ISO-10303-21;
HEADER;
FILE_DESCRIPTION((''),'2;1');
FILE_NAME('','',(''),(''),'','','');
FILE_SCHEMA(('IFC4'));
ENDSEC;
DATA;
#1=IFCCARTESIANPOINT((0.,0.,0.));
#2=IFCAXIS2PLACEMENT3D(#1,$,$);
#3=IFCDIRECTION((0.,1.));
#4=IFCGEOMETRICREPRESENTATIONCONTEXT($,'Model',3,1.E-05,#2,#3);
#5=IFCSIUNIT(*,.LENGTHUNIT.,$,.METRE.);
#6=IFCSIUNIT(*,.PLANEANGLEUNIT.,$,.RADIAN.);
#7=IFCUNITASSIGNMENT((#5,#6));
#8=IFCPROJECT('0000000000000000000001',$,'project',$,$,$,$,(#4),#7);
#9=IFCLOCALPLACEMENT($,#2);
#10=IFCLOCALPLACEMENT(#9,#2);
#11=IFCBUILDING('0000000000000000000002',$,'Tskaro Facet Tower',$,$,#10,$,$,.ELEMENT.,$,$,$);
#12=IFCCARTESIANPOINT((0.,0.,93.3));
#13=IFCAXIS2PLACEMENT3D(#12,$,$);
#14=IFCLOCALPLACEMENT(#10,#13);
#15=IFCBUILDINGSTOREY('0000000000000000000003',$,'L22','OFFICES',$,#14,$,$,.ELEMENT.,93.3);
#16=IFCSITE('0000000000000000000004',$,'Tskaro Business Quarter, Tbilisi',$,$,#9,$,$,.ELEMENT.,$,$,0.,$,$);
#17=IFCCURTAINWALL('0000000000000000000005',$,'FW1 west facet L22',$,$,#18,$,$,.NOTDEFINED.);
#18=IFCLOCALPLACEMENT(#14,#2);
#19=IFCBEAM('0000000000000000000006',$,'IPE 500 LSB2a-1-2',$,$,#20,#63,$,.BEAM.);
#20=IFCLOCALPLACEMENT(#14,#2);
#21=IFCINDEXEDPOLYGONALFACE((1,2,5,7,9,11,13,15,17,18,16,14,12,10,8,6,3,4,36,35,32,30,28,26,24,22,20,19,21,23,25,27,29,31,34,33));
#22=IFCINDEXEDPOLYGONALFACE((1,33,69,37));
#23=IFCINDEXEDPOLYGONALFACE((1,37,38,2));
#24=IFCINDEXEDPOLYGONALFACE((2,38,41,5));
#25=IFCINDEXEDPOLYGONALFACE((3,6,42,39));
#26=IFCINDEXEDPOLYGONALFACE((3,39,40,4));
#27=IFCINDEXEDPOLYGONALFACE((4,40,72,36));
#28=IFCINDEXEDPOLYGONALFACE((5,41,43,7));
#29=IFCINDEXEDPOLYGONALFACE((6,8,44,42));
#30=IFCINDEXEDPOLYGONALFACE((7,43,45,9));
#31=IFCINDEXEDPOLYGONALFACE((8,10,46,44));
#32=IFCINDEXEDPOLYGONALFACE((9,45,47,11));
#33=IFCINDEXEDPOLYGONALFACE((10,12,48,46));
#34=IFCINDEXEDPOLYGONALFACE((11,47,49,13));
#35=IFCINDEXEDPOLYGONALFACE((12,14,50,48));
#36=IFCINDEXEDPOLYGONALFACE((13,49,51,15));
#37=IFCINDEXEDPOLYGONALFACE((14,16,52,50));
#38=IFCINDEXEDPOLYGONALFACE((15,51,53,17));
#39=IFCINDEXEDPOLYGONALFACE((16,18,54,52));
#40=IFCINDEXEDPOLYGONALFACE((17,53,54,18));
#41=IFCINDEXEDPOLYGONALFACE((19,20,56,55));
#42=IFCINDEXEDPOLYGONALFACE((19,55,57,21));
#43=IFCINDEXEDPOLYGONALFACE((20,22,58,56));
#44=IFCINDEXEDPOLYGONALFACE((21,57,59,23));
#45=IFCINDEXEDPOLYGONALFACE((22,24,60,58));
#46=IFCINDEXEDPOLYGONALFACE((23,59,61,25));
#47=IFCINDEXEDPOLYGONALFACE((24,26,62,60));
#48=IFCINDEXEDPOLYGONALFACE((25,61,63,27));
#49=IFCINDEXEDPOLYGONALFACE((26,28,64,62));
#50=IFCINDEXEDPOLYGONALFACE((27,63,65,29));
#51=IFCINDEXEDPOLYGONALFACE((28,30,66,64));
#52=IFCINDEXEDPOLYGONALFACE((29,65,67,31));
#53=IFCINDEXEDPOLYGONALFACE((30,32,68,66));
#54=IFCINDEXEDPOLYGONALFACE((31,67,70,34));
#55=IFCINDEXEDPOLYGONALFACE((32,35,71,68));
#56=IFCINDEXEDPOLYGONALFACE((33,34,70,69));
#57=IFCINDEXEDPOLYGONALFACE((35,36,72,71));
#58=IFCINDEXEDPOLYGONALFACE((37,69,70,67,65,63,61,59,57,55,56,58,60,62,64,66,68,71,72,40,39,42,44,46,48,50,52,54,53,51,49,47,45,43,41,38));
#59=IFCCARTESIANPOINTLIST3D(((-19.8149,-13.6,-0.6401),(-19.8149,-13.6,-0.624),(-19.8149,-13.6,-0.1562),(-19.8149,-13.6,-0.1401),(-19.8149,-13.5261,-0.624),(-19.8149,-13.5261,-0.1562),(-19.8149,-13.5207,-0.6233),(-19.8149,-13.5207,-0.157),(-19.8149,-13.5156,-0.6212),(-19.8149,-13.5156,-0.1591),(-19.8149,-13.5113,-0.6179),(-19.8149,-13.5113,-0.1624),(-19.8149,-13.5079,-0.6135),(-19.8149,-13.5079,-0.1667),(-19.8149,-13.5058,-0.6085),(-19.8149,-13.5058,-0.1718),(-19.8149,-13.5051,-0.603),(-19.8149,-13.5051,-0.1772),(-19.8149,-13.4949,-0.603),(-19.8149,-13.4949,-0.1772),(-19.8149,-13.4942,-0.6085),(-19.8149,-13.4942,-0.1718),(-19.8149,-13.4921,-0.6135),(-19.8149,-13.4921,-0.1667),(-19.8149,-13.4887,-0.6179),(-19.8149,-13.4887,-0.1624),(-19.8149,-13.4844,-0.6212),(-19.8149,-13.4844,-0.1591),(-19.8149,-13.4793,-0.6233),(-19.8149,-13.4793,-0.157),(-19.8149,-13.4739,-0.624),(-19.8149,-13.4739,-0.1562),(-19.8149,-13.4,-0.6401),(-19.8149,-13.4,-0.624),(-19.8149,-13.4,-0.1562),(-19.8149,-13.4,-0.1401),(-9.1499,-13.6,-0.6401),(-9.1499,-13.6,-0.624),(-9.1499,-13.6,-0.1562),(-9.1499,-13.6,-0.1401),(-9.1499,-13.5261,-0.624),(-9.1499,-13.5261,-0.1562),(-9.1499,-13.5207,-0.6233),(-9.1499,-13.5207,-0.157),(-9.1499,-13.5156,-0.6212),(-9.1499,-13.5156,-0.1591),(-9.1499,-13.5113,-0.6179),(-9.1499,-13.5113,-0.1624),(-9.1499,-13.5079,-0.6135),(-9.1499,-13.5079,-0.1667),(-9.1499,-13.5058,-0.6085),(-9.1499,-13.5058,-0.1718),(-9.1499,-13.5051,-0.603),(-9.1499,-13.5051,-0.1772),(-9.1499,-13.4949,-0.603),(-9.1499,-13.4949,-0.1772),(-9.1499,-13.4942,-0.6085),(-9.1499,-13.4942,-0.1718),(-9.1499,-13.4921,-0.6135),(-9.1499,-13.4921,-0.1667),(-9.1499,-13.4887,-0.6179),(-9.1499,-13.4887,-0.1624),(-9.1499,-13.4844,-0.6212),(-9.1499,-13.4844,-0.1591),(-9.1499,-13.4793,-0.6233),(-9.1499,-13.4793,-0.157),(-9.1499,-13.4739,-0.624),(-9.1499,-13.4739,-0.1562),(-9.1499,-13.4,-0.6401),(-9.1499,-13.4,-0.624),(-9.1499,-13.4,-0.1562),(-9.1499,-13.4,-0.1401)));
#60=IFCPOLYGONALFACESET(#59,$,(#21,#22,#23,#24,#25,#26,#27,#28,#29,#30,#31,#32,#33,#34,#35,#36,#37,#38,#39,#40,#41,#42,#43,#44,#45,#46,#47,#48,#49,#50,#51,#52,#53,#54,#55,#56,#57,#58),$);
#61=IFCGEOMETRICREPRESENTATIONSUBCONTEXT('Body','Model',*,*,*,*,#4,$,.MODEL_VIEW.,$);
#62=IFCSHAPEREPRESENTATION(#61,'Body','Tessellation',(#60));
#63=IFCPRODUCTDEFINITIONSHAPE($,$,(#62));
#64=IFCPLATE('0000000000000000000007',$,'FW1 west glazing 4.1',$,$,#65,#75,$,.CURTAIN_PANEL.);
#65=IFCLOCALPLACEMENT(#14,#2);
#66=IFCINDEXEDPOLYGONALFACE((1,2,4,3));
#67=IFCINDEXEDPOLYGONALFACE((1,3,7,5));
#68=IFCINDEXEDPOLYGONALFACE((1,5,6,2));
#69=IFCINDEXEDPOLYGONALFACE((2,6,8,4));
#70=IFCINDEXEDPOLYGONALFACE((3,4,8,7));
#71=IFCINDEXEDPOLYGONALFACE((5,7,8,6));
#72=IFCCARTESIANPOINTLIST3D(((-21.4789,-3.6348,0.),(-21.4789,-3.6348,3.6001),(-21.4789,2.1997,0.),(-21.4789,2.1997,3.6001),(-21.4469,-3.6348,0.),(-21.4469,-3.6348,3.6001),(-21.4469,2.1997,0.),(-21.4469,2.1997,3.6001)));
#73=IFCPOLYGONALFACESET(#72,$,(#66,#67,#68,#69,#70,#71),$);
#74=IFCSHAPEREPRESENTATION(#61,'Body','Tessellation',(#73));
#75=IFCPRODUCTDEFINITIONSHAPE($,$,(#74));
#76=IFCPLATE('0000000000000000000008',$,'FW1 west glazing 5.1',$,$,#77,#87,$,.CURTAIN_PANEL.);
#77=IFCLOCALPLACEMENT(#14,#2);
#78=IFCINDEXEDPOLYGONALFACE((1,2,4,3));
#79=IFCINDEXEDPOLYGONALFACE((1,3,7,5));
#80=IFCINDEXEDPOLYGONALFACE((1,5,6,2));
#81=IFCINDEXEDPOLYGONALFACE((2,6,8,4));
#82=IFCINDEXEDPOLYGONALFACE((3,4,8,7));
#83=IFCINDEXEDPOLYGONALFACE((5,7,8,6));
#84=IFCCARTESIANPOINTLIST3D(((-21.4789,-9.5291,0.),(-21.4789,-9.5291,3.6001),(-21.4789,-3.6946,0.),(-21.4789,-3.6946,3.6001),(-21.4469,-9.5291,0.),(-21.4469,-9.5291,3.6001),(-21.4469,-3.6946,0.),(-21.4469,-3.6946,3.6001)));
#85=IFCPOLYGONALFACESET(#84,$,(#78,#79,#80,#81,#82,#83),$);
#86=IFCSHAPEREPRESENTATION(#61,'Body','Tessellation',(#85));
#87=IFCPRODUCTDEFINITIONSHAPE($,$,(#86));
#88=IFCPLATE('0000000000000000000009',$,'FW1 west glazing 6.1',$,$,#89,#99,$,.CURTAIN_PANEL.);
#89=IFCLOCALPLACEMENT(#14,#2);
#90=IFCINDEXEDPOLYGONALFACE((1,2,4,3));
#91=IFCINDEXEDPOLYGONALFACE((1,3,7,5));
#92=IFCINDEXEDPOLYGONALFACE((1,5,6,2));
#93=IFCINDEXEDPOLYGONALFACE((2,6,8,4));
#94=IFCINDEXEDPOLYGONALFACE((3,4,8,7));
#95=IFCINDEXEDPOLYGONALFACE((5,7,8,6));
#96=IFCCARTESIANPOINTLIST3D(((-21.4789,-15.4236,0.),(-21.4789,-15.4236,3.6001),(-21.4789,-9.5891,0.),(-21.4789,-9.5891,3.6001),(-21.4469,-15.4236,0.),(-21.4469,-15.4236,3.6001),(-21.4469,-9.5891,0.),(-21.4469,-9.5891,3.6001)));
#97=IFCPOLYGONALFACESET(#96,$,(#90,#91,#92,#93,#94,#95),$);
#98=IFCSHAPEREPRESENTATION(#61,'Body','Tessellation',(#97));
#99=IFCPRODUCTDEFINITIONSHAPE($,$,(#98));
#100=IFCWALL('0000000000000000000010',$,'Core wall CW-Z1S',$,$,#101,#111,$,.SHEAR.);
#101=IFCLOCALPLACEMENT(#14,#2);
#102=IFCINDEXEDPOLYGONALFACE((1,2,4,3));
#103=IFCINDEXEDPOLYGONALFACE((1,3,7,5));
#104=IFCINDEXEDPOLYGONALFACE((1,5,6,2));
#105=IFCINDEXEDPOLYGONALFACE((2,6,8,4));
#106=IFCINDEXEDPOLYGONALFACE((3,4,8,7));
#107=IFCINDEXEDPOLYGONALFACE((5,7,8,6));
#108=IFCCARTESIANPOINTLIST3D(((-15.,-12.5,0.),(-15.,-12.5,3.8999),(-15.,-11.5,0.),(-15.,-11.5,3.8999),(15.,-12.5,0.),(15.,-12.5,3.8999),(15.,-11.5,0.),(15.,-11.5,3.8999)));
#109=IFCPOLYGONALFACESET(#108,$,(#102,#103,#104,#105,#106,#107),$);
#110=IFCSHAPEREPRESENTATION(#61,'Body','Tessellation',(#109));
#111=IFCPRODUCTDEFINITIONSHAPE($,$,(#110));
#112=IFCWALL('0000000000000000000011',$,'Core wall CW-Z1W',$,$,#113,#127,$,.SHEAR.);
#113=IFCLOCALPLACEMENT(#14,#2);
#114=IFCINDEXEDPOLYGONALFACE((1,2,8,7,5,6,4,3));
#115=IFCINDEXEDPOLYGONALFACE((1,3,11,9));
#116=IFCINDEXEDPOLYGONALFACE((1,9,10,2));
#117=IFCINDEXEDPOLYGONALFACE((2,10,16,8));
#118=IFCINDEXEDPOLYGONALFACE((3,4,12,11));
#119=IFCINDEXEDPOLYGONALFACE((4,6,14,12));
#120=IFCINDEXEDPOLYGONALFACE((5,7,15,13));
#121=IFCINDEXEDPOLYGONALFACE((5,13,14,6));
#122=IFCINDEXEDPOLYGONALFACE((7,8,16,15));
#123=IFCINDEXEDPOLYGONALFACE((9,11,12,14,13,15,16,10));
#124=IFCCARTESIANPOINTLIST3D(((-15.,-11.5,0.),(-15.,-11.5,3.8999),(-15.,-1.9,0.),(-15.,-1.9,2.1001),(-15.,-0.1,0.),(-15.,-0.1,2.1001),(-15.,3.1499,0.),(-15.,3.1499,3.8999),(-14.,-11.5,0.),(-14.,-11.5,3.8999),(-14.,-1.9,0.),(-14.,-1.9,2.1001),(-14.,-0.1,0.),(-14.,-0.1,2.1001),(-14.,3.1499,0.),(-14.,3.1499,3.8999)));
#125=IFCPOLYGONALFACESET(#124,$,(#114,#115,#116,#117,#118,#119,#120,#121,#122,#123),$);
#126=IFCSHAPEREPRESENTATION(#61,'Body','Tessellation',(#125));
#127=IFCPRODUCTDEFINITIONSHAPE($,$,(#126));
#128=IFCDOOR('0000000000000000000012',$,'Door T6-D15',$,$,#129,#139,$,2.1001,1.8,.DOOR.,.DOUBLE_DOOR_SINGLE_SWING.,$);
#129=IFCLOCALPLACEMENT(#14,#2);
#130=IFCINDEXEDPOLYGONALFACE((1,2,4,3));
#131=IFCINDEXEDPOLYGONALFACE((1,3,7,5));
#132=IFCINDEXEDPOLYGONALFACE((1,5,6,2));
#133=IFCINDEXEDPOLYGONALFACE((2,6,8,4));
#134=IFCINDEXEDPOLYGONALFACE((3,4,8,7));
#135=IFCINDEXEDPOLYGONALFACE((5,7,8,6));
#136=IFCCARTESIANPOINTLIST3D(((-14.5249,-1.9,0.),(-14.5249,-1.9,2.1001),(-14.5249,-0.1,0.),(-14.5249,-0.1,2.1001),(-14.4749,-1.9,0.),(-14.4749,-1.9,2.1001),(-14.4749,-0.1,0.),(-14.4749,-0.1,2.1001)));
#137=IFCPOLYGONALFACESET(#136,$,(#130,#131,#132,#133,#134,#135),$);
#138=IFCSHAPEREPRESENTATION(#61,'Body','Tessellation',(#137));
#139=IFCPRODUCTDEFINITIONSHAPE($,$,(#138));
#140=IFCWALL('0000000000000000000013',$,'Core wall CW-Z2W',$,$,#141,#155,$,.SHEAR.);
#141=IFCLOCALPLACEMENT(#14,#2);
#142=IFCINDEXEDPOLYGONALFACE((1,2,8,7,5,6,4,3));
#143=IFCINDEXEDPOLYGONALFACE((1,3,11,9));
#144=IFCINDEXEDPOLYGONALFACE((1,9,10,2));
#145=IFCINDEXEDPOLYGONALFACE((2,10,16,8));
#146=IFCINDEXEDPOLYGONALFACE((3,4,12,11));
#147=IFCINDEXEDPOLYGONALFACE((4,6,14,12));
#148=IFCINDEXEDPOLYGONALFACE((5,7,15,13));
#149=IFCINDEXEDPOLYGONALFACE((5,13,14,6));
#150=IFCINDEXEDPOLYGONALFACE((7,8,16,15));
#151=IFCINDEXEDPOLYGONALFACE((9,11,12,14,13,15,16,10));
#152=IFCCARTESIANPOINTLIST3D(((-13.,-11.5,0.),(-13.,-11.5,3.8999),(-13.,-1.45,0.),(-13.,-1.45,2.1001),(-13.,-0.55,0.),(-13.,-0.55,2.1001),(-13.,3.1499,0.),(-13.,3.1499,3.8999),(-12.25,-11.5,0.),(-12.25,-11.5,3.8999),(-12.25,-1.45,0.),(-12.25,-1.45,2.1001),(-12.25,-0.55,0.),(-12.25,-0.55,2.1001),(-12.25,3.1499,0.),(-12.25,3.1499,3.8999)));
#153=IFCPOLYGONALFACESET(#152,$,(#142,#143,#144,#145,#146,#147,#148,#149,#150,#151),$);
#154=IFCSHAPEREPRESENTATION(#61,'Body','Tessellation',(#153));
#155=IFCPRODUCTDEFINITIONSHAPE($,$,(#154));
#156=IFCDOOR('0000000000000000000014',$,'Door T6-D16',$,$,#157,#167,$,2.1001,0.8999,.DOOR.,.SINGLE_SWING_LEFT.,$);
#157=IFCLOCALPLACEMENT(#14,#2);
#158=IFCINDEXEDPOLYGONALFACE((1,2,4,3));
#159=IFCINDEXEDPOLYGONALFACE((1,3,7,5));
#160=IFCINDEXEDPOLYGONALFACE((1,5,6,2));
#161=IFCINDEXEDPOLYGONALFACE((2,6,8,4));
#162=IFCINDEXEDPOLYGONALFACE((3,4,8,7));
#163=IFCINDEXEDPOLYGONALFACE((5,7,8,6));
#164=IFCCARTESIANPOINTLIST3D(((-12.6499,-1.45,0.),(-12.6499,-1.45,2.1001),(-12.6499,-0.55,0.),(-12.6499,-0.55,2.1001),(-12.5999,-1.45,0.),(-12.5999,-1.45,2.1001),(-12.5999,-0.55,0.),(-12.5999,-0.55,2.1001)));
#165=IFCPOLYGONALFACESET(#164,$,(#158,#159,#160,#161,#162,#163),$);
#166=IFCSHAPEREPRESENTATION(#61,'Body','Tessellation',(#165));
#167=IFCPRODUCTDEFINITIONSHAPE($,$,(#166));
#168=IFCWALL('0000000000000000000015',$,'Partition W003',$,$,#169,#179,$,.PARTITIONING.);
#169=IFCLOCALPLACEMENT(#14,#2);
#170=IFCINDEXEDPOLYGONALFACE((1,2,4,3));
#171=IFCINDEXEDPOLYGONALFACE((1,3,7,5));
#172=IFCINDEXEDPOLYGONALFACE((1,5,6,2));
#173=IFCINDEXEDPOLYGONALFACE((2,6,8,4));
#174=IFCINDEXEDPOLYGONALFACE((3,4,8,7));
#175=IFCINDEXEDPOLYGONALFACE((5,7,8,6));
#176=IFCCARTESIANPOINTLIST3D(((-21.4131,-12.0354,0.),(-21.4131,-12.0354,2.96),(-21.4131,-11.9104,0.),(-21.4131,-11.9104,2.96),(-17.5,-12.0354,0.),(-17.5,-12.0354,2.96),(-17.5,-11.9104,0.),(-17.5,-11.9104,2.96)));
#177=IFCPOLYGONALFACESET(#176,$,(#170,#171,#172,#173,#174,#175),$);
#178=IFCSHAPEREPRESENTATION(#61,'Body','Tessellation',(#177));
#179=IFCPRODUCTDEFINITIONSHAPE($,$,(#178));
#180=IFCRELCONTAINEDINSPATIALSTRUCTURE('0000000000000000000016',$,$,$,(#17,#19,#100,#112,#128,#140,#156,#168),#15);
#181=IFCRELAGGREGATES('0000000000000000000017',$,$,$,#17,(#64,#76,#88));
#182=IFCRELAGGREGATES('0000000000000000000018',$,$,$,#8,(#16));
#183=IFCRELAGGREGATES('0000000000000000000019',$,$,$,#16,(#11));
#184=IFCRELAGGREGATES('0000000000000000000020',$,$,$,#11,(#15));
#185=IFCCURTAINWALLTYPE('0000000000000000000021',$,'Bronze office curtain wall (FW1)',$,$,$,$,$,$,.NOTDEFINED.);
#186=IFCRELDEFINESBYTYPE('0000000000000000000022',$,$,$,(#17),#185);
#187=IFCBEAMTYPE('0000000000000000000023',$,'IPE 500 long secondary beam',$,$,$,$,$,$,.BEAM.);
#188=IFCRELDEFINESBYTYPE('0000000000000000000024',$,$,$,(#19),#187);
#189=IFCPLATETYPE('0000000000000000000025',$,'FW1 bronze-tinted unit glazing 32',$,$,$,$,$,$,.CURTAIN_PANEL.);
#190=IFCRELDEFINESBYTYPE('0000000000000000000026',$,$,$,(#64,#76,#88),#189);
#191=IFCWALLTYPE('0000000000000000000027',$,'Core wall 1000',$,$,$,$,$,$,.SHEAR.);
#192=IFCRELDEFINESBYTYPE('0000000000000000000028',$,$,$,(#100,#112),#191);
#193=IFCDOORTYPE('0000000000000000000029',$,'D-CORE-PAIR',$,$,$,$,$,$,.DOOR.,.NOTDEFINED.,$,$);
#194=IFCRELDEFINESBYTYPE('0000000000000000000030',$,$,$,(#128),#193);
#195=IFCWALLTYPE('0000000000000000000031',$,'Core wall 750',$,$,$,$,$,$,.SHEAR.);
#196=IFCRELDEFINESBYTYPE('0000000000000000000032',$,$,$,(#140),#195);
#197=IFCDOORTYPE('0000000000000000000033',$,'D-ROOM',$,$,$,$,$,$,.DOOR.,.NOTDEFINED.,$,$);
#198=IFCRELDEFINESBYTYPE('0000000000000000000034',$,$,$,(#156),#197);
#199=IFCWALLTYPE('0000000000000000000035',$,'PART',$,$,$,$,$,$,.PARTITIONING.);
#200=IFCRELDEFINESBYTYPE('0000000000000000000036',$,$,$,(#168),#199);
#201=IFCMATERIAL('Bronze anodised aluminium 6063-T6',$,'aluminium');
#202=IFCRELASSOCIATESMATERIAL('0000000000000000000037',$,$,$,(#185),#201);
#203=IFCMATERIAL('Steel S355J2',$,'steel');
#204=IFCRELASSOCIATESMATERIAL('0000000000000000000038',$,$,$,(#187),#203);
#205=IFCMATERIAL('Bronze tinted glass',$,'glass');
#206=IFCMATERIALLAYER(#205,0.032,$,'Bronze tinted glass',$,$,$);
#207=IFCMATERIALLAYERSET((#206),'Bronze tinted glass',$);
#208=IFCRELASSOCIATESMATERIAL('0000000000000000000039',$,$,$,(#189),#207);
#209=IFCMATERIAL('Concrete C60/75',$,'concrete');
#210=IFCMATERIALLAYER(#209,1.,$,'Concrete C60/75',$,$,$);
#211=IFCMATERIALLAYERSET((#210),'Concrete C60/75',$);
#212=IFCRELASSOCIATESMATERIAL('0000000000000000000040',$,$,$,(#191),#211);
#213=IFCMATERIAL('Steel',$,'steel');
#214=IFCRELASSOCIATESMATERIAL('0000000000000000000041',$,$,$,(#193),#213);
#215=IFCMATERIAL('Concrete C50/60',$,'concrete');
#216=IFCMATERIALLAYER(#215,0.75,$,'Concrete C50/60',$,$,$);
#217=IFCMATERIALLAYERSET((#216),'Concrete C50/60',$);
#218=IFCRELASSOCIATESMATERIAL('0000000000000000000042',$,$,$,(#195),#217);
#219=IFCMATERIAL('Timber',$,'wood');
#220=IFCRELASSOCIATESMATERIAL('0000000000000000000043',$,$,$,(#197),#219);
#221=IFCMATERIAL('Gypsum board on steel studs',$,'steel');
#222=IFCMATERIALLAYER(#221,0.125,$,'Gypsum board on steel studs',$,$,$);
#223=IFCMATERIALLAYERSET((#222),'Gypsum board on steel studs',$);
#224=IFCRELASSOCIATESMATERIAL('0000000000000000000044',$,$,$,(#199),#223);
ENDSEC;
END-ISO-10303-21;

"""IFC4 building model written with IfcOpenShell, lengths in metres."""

from ifc_helpers import new_model, si_unit, direction, frame, frame_2d, origin, origin_2d, place, context, subcontext, project, spatial, rectangle, i_section, extrude, material, layer, layer_set, material_profile, profile_set, type_object, element, fill, aggregate, save


model = new_model("IFC4")

# Units and contexts
model_context = context("Model", 3, precision=1e-05, world=origin(), true_north=direction((0.0, 1.0)))
body_context = subcontext(model_context, "Body", "Model", "MODEL_VIEW")
ifc_project = project(units=[si_unit("LENGTHUNIT", "METRE"), si_unit("PLANEANGLEUNIT", "RADIAN")], contexts=[model_context])

# Site, building, storey
site_placement = place(None, origin())
site = spatial("IfcSite", under=ifc_project, at=site_placement, Name="Tskaro Business Quarter, Tbilisi", CompositionType="ELEMENT", RefElevation=0.0)
building_placement = place(site_placement, origin())
building = spatial("IfcBuilding", under=site, at=building_placement, Name="Tskaro Facet Tower", CompositionType="ELEMENT")
storey_placement = place(building_placement, frame((0.0, 0.0, 93.3)))
storey = spatial("IfcBuildingStorey", under=building, at=storey_placement, Name="L22", Description="OFFICES", CompositionType="ELEMENT", Elevation=93.3)

# Curtain wall
ifc_material_1 = material(Name="Bronze anodised aluminium 6063-T6", Category="aluminium")
curtain_wall_type = type_object("IfcCurtainWallType", Name="Bronze office curtain wall (FW1)", PredefinedType="NOTDEFINED", material=ifc_material_1)
curtain_wall_placement = place(storey_placement, origin())
curtain_wall = element("IfcCurtainWall", 1, at=curtain_wall_placement, inside=storey, type_object=curtain_wall_type, Name="FW1 west facet L22", PredefinedType="NOTDEFINED")

# Beam
ifc_material_2 = material(Name="Steel S355J2", Category="steel")
ifc_material_profile_1 = material_profile(ifc_material_2, i_section(OverallWidth=0.2, OverallDepth=0.5, WebThickness=0.0103, FlangeThickness=0.0161, FilletRadius=0.021, at=origin_2d()), Name="IPE 500")
ifc_profile_set_1 = profile_set([ifc_material_profile_1], Name="Steel S355J2")
beam_type_1 = type_object("IfcBeamType", Name="IPE 500 long secondary beam", PredefinedType="BEAM", material=ifc_profile_set_1)
beam_1_placement = place(storey_placement, frame((-19.8149, -13.5, -0.3901), z_axis=(1.0, 0.0, 0.0), x_axis=(0.0, 1.0, 0.0)))
element("IfcBeam", 2, at=beam_1_placement, inside=storey, type_object=beam_type_1, Name="IPE 500 LSB2a-1-2", PredefinedType="BEAM", context=body_context, shape_type="SweptSolid", body=[
    extrude(i_section(OverallWidth=0.2, OverallDepth=0.5, WebThickness=0.0103, FlangeThickness=0.0161, FilletRadius=0.021, at=origin_2d()), origin(), (0.0, 0.0, 1.0), 10.665),
])

# Plates
ifc_material_3 = material(Name="Bronze tinted glass", Category="glass")
ifc_layer_1 = layer(ifc_material_3, 0.032, Name="Bronze tinted glass")
ifc_layer_set_1 = layer_set([ifc_layer_1], Name="Bronze tinted glass")
plate_type = type_object("IfcPlateType", Name="FW1 bronze-tinted unit glazing 32", PredefinedType="CURTAIN_PANEL", material=ifc_layer_set_1)
plate_1_placement = place(storey_placement, frame((-21.4629, -0.7175, 0.0), z_axis=(0.0, 0.0, 1.0), x_axis=(0.0, -1.0, 0.0)))
plate_1 = element("IfcPlate", 3, at=plate_1_placement, type_object=plate_type, Name="FW1 west glazing 4.1", PredefinedType="CURTAIN_PANEL", context=body_context, shape_type="SweptSolid", body=[
    extrude(rectangle(XDim=5.8345, YDim=0.032, at=origin_2d()), origin(), (0.0, 0.0, 1.0), 3.6001),
])
plate_2_placement = place(storey_placement, frame((-21.4629, -6.6118, 0.0), z_axis=(0.0, 0.0, 1.0), x_axis=(0.0, -1.0, 0.0)))
plate_2 = element("IfcPlate", 4, at=plate_2_placement, type_object=plate_type, Name="FW1 west glazing 5.1", PredefinedType="CURTAIN_PANEL", context=body_context, shape_type="SweptSolid", body=[
    extrude(rectangle(XDim=5.8345, YDim=0.032, at=origin_2d()), origin(), (0.0, 0.0, 1.0), 3.6001),
])
plate_3_placement = place(storey_placement, frame((-21.4629, -12.5063, 0.0), z_axis=(0.0, 0.0, 1.0), x_axis=(0.0, -1.0, 0.0)))
plate_3 = element("IfcPlate", 5, at=plate_3_placement, type_object=plate_type, Name="FW1 west glazing 6.1", PredefinedType="CURTAIN_PANEL", context=body_context, shape_type="SweptSolid", body=[
    extrude(rectangle(XDim=5.8345, YDim=0.032, at=origin_2d()), origin(), (0.0, 0.0, 1.0), 3.6001),
])
aggregate(curtain_wall, [plate_1, plate_2, plate_3])

# Wall
ifc_material_4 = material(Name="Concrete C60/75", Category="concrete")
ifc_layer_2 = layer(ifc_material_4, 1.0, Name="Concrete C60/75")
ifc_layer_set_2 = layer_set([ifc_layer_2], Name="Concrete C60/75")
wall_type_1 = type_object("IfcWallType", Name="Core wall 1000", PredefinedType="SHEAR", material=ifc_layer_set_2)
wall_1_placement = place(storey_placement, frame((-15.0, -12.0, 0.0), z_axis=(0.0, 0.0, 1.0), x_axis=(1.0, 0.0, 0.0)))
element("IfcWall", 6, at=wall_1_placement, inside=storey, type_object=wall_type_1, Name="Core wall CW-Z1S", PredefinedType="SHEAR", context=body_context, shape_type="SweptSolid", body=[
    extrude(rectangle(XDim=30.0, YDim=1.0, at=frame_2d((15.0, 0.0))), origin(), (0.0, 0.0, 1.0), 3.8999),
])

# Walls, openings, doors
wall_2_placement = place(storey_placement, frame((-14.5, -11.5, 0.0), z_axis=(0.0, 0.0, 1.0), x_axis=(0.0, 1.0, 0.0)))
wall_2 = element("IfcWall", 7, at=wall_2_placement, inside=storey, type_object=wall_type_1, Name="Core wall CW-Z1W", PredefinedType="SHEAR", context=body_context, shape_type="SweptSolid", body=[
    extrude(rectangle(XDim=14.6499, YDim=1.0, at=frame_2d((7.325, 0.0))), origin(), (0.0, 0.0, 1.0), 3.8999),
])
opening_1_placement = place(wall_2_placement, frame((9.6001, 0.0, 0.0)))
opening_1 = element("IfcOpeningElement", 8, at=opening_1_placement, cuts=wall_2, PredefinedType="OPENING", context=body_context, shape_type="SweptSolid", body=[
    extrude(rectangle(XDim=1.8, YDim=2.1001, at=frame_2d((0.8999, 1.05))), frame((0.0, 0.51, 0.0), z_axis=(0.0, -1.0, 0.0), x_axis=(1.0, 0.0, 0.0)), (0.0, 0.0, 1.0), 1.02),
])
ifc_material_5 = material(Name="Steel", Category="steel")
door_type_1 = type_object("IfcDoorType", Name="D-CORE-PAIR", OperationType="NOTDEFINED", PredefinedType="DOOR", material=ifc_material_5)
door_1_placement = place(opening_1_placement, origin())
door_1 = element("IfcDoor", 9, at=door_1_placement, inside=storey, type_object=door_type_1, Name="Door T6-D15", OperationType="DOUBLE_DOOR_SINGLE_SWING", OverallHeight=2.1001, OverallWidth=1.8, PredefinedType="DOOR", context=body_context, shape_type="SweptSolid", body=[
    extrude(rectangle(XDim=1.8, YDim=2.1001, at=frame_2d((0.8999, 1.05))), frame((0.0, 0.0249, 0.0), z_axis=(0.0, -1.0, 0.0), x_axis=(1.0, 0.0, 0.0)), (0.0, 0.0, 1.0), 0.05),
])
fill(opening_1, door_1)
ifc_material_6 = material(Name="Concrete C50/60", Category="concrete")
ifc_layer_3 = layer(ifc_material_6, 0.75, Name="Concrete C50/60")
ifc_layer_set_3 = layer_set([ifc_layer_3], Name="Concrete C50/60")
wall_type_2 = type_object("IfcWallType", Name="Core wall 750", PredefinedType="SHEAR", material=ifc_layer_set_3)
wall_3_placement = place(storey_placement, frame((-12.625, -11.5, 0.0), z_axis=(0.0, 0.0, 1.0), x_axis=(0.0, 1.0, 0.0)))
wall_3 = element("IfcWall", 10, at=wall_3_placement, inside=storey, type_object=wall_type_2, Name="Core wall CW-Z2W", PredefinedType="SHEAR", context=body_context, shape_type="SweptSolid", body=[
    extrude(rectangle(XDim=14.6499, YDim=0.75, at=frame_2d((7.325, 0.0))), origin(), (0.0, 0.0, 1.0), 3.8999),
])
opening_2_placement = place(wall_3_placement, frame((10.05, 0.0, 0.0)))
opening_2 = element("IfcOpeningElement", 11, at=opening_2_placement, cuts=wall_3, PredefinedType="OPENING", context=body_context, shape_type="SweptSolid", body=[
    extrude(rectangle(XDim=0.8999, YDim=2.1001, at=frame_2d((0.45, 1.05))), frame((0.0, 0.385, 0.0), z_axis=(0.0, -1.0, 0.0), x_axis=(1.0, 0.0, 0.0)), (0.0, 0.0, 1.0), 0.77),
])
ifc_material_7 = material(Name="Timber", Category="wood")
door_type_2 = type_object("IfcDoorType", Name="D-ROOM", OperationType="NOTDEFINED", PredefinedType="DOOR", material=ifc_material_7)
door_2_placement = place(opening_2_placement, origin())
door_2 = element("IfcDoor", 12, at=door_2_placement, inside=storey, type_object=door_type_2, Name="Door T6-D16", OperationType="SINGLE_SWING_LEFT", OverallHeight=2.1001, OverallWidth=0.8999, PredefinedType="DOOR", context=body_context, shape_type="SweptSolid", body=[
    extrude(rectangle(XDim=0.8999, YDim=2.1001, at=frame_2d((0.45, 1.05))), frame((0.0, 0.0249, 0.0), z_axis=(0.0, -1.0, 0.0), x_axis=(1.0, 0.0, 0.0)), (0.0, 0.0, 1.0), 0.05),
])
fill(opening_2, door_2)

# Wall
ifc_material_8 = material(Name="Gypsum board on steel studs", Category="steel")
ifc_layer_4 = layer(ifc_material_8, 0.125, Name="Gypsum board on steel studs")
ifc_layer_set_4 = layer_set([ifc_layer_4], Name="Gypsum board on steel studs")
wall_type_3 = type_object("IfcWallType", Name="PART", PredefinedType="PARTITIONING", material=ifc_layer_set_4)
for number, where, z_axis, x_axis, name in (
    (13, (-21.4131, -11.9729, 0.0), (0.0, 0.0, 1.0), (1.0, 0.0, 0.0), "Partition W003"),
):
    element("IfcWall", number, at=place(storey_placement, frame(where, z_axis=z_axis, x_axis=x_axis)), inside=storey, type_object=wall_type_3, Name=name, PredefinedType="PARTITIONING", context=body_context, shape_type="SweptSolid", body=[
        extrude(rectangle(XDim=3.9131, YDim=0.125, at=frame_2d((1.9565, 0.0))), origin(), (0.0, 0.0, 1.0), 2.96),
    ])

save(model, "model.ifc")
